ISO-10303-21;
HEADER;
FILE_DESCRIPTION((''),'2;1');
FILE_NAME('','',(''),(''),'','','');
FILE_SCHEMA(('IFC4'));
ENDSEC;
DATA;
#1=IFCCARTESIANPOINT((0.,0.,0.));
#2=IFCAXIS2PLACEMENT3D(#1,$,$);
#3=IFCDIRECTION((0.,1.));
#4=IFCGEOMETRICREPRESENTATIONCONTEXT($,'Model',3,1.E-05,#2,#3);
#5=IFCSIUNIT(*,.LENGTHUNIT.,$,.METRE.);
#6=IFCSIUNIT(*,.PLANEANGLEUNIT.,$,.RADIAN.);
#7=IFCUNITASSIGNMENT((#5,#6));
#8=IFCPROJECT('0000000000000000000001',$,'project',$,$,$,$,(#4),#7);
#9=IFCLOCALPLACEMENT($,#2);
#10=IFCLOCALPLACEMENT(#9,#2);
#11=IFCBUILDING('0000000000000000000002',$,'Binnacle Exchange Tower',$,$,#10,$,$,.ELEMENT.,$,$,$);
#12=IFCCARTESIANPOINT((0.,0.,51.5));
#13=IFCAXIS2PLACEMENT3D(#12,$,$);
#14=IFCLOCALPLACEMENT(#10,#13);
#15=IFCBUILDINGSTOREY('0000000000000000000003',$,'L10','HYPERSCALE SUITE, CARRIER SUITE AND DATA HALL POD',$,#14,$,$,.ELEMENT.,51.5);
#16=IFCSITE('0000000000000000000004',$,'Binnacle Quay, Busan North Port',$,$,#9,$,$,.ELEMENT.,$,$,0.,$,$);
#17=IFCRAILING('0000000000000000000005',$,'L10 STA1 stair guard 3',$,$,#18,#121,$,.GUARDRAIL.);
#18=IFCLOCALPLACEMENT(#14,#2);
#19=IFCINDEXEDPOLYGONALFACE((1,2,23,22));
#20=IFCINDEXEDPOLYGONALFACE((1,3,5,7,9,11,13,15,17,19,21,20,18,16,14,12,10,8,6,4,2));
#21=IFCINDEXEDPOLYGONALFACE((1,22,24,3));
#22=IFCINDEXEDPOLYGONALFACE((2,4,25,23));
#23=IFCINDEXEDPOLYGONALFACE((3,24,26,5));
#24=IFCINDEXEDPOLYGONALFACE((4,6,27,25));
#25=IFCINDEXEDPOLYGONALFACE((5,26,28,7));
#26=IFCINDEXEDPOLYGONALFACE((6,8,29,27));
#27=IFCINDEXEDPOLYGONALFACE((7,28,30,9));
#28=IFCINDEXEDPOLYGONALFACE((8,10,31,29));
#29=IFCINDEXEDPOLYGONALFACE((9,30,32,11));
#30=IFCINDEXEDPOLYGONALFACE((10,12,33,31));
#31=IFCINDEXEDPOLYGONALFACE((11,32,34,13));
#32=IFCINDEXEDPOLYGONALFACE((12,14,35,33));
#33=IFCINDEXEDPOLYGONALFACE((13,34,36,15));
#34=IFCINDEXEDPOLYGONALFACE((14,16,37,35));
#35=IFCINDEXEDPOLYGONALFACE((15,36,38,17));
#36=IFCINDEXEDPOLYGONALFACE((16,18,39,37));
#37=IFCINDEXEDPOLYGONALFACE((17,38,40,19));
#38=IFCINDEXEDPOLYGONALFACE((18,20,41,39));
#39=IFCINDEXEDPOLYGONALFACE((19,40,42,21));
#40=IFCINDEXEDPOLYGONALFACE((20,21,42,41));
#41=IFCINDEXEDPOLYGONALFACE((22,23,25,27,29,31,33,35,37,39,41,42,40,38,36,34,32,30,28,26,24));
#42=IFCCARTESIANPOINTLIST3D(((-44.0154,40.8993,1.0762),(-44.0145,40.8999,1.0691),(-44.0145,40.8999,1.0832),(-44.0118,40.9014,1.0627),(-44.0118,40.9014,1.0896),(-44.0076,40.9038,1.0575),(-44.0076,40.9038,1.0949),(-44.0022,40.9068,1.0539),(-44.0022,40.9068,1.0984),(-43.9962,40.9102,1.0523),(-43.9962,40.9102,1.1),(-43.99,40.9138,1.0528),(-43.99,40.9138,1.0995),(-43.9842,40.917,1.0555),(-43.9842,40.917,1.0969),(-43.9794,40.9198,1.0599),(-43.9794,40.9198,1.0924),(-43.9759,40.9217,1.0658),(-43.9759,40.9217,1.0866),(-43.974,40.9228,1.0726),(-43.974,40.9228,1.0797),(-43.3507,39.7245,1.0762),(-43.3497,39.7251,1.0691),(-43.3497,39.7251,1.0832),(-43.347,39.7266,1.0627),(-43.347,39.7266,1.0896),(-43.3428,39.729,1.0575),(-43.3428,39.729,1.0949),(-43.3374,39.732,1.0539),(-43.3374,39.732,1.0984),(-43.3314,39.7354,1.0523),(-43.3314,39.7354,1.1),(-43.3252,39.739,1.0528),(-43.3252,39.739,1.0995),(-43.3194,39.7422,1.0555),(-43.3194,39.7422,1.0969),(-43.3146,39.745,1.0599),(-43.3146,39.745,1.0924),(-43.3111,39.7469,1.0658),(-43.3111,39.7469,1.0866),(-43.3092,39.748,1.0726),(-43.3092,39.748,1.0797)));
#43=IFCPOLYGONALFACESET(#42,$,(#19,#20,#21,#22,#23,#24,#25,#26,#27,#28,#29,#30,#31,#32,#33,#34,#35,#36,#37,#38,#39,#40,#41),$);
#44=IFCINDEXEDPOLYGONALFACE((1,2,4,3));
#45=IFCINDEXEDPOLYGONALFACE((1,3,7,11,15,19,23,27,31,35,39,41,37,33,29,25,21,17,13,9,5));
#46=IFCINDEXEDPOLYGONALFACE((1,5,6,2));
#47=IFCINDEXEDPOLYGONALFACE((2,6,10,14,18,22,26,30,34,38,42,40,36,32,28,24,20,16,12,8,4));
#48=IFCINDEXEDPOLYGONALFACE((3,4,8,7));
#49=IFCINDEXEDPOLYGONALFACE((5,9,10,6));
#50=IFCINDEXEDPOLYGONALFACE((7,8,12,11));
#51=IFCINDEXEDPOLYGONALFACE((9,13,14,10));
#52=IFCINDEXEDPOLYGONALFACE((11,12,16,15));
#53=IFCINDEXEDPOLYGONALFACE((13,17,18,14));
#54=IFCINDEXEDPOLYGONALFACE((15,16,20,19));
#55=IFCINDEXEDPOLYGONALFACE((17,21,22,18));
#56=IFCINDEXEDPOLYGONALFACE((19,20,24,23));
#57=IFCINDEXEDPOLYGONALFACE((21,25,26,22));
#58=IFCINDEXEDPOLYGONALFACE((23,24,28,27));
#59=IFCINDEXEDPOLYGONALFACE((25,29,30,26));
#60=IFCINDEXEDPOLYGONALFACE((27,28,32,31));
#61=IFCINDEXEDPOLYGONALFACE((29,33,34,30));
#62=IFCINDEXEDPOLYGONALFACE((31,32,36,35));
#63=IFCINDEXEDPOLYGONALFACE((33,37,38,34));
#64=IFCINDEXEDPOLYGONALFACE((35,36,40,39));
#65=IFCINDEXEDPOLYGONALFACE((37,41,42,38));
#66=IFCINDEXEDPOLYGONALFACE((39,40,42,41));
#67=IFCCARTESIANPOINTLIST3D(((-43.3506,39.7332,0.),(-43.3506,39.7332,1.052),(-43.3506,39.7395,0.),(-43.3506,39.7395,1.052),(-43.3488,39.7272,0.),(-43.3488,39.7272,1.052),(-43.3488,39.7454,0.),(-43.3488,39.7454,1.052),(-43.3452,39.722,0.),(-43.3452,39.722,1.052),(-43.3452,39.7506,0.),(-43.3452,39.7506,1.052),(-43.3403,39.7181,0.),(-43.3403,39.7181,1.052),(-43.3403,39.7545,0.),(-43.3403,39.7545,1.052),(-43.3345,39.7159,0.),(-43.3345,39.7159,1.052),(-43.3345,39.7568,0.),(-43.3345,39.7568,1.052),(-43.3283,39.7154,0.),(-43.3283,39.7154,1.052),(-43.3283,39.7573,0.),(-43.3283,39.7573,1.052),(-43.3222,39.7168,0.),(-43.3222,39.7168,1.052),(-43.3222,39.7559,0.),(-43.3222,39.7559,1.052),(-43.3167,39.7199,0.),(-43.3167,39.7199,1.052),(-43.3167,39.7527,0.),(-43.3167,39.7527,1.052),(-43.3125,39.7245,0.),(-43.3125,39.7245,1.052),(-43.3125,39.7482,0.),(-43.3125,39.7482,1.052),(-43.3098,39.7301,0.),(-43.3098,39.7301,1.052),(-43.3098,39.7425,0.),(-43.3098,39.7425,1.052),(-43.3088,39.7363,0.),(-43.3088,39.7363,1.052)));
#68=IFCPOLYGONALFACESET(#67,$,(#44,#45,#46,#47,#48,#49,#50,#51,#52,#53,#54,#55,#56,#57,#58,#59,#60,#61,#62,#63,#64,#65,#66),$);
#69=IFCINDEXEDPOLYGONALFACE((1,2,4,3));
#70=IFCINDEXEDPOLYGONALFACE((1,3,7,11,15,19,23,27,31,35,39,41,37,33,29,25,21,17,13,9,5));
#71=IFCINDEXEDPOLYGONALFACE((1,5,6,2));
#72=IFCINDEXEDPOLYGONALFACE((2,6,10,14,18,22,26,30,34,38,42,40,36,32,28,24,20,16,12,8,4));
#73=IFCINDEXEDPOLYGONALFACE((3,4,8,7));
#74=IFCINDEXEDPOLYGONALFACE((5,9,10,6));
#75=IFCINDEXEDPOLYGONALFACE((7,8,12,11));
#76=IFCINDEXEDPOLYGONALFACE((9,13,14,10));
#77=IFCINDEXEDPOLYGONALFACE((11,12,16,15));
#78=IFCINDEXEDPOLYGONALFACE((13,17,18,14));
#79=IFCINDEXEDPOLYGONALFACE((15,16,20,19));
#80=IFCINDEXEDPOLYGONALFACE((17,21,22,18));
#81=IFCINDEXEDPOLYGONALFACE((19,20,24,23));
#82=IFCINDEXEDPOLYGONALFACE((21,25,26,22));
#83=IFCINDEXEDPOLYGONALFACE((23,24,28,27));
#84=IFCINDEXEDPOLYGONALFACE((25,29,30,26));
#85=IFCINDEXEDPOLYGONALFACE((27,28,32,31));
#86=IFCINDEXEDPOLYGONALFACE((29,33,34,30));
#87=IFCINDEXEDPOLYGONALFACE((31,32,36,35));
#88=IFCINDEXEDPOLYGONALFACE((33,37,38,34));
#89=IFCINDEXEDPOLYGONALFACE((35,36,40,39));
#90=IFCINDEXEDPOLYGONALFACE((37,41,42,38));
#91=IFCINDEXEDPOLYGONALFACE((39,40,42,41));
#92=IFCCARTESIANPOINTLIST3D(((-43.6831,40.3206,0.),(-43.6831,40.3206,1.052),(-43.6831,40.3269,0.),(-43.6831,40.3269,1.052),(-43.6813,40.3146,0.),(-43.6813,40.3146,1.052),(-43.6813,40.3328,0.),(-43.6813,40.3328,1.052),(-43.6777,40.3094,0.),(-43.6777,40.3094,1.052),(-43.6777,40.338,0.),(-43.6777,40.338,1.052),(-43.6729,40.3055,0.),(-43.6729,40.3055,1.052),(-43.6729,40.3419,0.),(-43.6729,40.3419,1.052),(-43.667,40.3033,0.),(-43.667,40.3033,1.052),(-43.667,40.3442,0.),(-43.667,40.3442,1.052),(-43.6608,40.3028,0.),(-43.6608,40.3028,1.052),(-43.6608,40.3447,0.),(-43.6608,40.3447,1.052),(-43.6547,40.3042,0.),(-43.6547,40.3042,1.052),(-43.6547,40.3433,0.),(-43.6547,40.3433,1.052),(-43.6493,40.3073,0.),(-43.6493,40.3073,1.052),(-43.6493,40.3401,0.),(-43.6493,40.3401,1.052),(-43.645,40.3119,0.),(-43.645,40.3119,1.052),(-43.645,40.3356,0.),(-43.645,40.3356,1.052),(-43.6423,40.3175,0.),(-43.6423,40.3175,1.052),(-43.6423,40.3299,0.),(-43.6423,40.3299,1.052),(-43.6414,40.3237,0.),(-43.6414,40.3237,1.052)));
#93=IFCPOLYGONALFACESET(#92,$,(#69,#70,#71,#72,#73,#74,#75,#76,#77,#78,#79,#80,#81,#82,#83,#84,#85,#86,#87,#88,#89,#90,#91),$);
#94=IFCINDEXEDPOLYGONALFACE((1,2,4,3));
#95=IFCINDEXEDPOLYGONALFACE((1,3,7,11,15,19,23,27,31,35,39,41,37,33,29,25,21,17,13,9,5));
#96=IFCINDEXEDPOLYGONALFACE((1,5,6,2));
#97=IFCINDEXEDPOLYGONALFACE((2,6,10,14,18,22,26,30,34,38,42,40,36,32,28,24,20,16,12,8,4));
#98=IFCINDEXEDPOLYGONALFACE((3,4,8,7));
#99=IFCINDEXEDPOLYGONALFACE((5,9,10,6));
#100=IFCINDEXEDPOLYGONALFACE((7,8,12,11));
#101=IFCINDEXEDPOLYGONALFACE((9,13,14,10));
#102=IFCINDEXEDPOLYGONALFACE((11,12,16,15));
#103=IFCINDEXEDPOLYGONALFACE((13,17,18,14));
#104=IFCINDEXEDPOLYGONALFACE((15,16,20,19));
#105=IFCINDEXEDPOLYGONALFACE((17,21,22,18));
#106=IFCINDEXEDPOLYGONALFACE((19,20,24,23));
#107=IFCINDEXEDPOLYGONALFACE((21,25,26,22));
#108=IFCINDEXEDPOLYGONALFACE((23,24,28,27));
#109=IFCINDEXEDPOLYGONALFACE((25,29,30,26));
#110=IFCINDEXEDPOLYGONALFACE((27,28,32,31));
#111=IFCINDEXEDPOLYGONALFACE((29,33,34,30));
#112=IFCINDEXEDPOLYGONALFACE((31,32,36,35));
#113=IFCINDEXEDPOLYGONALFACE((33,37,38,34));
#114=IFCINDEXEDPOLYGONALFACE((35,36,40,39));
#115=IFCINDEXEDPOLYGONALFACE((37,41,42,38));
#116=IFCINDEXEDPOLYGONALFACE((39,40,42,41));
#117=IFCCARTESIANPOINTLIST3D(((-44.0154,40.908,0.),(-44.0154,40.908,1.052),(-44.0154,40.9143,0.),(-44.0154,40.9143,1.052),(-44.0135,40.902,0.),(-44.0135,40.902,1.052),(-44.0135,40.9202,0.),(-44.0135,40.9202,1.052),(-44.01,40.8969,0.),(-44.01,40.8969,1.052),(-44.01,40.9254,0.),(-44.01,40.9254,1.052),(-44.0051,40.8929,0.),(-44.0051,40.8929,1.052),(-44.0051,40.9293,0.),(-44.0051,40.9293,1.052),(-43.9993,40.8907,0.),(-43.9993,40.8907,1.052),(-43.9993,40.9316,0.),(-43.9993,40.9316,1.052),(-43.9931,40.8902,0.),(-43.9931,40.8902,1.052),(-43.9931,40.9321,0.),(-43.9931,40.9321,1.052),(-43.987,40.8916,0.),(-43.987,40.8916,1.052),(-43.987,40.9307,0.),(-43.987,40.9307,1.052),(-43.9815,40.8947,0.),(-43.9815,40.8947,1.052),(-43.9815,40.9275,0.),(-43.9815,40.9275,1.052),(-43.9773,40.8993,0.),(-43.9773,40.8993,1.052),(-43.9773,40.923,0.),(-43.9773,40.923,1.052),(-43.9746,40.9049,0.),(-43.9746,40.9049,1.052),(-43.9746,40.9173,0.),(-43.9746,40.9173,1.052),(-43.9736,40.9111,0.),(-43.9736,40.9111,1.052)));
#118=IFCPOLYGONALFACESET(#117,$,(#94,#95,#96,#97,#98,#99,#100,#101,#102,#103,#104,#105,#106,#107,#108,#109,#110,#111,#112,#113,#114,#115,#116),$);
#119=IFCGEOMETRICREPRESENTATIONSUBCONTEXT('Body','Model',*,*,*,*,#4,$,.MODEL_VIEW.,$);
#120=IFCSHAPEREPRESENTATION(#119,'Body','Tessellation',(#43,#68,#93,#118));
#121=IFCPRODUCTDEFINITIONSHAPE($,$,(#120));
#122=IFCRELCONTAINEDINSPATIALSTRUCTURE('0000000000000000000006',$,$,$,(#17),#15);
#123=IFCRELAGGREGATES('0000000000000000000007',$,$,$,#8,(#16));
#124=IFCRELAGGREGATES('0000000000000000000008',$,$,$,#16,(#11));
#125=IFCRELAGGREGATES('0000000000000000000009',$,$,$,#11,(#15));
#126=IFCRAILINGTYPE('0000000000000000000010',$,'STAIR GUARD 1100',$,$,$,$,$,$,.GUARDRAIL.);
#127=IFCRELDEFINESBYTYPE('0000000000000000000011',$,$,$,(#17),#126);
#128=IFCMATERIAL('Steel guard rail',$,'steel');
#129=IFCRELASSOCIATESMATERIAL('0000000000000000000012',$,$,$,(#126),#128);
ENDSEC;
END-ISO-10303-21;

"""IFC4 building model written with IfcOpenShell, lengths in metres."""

from ifc_helpers import new_model, si_unit, direction, frame, origin, origin_2d, place, context, subcontext, project, spatial, circle, extrude, material, type_object, element, save


model = new_model("IFC4")

# Units and contexts
model_context = context("Model", 3, precision=1e-05, world=origin(), true_north=direction((0.0, 1.0)))
body_context = subcontext(model_context, "Body", "Model", "MODEL_VIEW")
ifc_project = project(units=[si_unit("LENGTHUNIT", "METRE"), si_unit("PLANEANGLEUNIT", "RADIAN")], contexts=[model_context])

# Site, building, storey
site_placement = place(None, origin())
site = spatial("IfcSite", under=ifc_project, at=site_placement, Name="Binnacle Quay, Busan North Port", CompositionType="ELEMENT", RefElevation=0.0)
building_placement = place(site_placement, origin())
building = spatial("IfcBuilding", under=site, at=building_placement, Name="Binnacle Exchange Tower", CompositionType="ELEMENT")
storey_placement = place(building_placement, frame((0.0, 0.0, 51.5)))
storey = spatial("IfcBuildingStorey", under=building, at=storey_placement, Name="L10", Description="HYPERSCALE SUITE, CARRIER SUITE AND DATA HALL POD", CompositionType="ELEMENT", Elevation=51.5)

# Railing
ifc_material_1 = material(Name="Steel guard rail", Category="steel")
railing_type_1 = type_object("IfcRailingType", Name="STAIR GUARD 1100", PredefinedType="GUARDRAIL", material=ifc_material_1)
railing_1_placement = place(storey_placement, frame((-43.3298, 39.7363, 0.0)))
element("IfcRailing", 1, at=railing_1_placement, inside=storey, type_object=railing_type_1, Name="L10 STA1 stair guard 3", PredefinedType="GUARDRAIL", context=body_context, shape_type="SweptSolid", body=[
    extrude(circle(Radius=0.0239, at=origin_2d()), frame((0.0, 0.0, 1.0762), z_axis=(-0.492492, 0.870317, 0.0), x_axis=(-0.870317, -0.492492, 0.0)), (0.0, 0.0, 1.0), 1.3499),
    extrude(circle(Radius=0.021, at=origin_2d()), origin(), (0.0, 0.0, 1.0), 1.052),
    extrude(circle(Radius=0.021, at=origin_2d()), frame((-0.3325, 0.5874, 0.0)), (0.0, 0.0, 1.0), 1.052),
    extrude(circle(Radius=0.021, at=origin_2d()), frame((-0.6648, 1.1748, 0.0)), (0.0, 0.0, 1.0), 1.052),
])

save(model, "model.ifc")
